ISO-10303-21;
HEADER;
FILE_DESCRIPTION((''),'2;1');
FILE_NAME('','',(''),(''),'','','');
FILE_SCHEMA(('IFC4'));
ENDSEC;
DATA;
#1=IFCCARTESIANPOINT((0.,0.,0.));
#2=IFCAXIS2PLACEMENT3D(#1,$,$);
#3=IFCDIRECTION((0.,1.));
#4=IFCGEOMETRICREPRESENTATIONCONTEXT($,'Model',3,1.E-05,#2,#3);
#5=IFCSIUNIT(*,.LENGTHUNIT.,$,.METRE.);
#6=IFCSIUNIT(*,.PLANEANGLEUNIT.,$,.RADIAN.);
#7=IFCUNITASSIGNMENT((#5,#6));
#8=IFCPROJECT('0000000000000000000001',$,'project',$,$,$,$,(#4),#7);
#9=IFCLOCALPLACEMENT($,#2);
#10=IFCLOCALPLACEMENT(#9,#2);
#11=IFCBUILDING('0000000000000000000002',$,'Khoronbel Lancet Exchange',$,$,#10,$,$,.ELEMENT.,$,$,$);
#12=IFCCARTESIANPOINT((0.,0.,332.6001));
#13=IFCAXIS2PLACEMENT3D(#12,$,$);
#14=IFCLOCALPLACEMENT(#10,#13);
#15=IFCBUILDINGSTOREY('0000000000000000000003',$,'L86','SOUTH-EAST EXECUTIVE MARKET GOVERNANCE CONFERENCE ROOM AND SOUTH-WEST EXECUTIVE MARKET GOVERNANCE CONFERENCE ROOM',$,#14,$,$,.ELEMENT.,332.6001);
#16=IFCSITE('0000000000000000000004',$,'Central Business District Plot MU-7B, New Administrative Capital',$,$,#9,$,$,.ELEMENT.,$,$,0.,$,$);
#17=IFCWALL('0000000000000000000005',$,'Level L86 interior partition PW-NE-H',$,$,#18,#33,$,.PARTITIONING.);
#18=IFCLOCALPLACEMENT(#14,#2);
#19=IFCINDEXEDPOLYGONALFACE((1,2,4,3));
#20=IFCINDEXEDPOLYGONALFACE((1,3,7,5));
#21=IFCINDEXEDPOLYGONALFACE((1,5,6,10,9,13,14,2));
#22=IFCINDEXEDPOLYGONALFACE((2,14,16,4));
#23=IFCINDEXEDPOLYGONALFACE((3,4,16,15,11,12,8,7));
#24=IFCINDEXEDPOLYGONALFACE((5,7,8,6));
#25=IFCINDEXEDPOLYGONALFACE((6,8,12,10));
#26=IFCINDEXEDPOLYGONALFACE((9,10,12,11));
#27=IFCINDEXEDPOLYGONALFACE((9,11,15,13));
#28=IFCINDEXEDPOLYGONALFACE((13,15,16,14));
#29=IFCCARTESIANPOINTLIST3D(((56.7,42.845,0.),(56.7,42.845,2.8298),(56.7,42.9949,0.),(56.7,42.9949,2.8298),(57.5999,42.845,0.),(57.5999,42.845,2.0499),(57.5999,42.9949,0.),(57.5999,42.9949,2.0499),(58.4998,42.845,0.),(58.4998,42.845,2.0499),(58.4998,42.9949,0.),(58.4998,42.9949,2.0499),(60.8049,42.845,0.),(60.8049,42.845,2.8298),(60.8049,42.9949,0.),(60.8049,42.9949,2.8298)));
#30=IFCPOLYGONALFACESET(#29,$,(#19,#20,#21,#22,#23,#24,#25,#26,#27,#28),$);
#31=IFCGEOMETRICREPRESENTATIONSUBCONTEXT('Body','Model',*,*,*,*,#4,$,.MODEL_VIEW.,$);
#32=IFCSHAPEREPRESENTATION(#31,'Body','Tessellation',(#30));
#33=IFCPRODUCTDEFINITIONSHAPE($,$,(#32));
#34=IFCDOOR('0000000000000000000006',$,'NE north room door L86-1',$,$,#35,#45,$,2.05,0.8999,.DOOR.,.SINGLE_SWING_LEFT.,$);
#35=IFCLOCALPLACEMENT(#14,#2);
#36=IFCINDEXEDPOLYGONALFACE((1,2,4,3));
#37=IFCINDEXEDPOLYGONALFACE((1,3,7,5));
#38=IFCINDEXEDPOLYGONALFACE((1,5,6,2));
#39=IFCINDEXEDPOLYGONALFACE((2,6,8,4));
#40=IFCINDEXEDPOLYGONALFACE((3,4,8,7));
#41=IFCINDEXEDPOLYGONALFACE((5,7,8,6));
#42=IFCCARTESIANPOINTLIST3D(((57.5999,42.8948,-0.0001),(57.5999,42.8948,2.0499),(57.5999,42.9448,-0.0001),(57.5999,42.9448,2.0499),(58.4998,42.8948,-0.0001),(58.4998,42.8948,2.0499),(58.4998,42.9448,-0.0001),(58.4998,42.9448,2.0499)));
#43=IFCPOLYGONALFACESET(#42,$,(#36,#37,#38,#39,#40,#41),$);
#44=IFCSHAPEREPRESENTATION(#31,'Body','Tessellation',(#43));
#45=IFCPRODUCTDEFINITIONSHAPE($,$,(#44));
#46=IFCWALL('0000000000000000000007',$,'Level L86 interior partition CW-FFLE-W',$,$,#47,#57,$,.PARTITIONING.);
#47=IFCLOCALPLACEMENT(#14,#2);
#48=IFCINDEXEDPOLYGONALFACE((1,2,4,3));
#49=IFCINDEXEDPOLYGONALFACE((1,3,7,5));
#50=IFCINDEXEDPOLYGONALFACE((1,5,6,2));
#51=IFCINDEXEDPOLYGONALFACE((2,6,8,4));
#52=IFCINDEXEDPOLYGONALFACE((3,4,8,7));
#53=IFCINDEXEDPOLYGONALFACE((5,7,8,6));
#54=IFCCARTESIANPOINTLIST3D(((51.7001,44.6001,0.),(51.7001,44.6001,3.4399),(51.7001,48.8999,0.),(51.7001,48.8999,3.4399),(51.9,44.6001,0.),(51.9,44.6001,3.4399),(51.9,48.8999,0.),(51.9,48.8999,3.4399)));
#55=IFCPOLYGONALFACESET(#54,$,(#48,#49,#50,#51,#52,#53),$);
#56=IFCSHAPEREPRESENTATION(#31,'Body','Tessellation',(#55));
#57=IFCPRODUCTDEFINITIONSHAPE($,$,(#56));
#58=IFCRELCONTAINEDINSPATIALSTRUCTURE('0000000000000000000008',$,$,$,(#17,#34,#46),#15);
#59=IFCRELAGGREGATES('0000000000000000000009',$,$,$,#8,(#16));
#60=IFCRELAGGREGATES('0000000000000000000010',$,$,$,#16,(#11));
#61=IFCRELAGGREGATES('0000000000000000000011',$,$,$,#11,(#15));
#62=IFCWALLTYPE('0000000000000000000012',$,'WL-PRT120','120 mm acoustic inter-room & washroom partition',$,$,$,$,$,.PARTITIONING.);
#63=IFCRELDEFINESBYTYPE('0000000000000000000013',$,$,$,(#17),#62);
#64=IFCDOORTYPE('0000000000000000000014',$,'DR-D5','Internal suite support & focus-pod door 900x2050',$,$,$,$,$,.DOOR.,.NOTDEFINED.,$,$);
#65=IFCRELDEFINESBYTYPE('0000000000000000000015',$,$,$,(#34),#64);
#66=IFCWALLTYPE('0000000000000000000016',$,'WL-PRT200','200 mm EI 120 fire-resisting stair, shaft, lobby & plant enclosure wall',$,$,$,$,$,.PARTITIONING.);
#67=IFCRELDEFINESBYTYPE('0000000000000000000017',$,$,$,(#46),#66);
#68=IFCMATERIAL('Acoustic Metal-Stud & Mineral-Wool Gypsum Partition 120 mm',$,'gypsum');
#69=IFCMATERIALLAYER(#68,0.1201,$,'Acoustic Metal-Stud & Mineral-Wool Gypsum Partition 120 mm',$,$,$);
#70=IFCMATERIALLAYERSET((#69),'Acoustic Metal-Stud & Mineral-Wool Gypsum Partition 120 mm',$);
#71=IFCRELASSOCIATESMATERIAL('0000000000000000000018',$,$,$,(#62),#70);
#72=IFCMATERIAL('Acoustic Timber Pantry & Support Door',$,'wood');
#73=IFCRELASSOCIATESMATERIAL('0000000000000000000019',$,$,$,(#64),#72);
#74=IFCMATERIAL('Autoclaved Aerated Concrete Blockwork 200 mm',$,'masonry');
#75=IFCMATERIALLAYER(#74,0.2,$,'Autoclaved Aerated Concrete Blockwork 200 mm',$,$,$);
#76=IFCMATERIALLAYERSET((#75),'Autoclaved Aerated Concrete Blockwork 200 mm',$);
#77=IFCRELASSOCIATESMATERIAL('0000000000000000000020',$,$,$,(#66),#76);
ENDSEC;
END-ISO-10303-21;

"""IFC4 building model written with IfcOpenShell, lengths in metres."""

from ifc_helpers import new_model, si_unit, direction, frame, frame_2d, origin, place, context, subcontext, project, spatial, rectangle, extrude, material, layer, layer_set, type_object, element, fill, save


model = new_model("IFC4")

# Units and contexts
model_context = context("Model", 3, precision=1e-05, world=origin(), true_north=direction((0.0, 1.0)))
body_context = subcontext(model_context, "Body", "Model", "MODEL_VIEW")
ifc_project = project(units=[si_unit("LENGTHUNIT", "METRE"), si_unit("PLANEANGLEUNIT", "RADIAN")], contexts=[model_context])

# Site, building, storey
site_placement = place(None, origin())
site = spatial("IfcSite", under=ifc_project, at=site_placement, Name="Central Business District Plot MU-7B, New Administrative Capital", CompositionType="ELEMENT", RefElevation=0.0)
building_placement = place(site_placement, origin())
building = spatial("IfcBuilding", under=site, at=building_placement, Name="Khoronbel Lancet Exchange", CompositionType="ELEMENT")
storey_placement = place(building_placement, frame((0.0, 0.0, 332.6001)))
storey = spatial("IfcBuildingStorey", under=building, at=storey_placement, Name="L86", Description="SOUTH-EAST EXECUTIVE MARKET GOVERNANCE CONFERENCE ROOM AND SOUTH-WEST EXECUTIVE MARKET GOVERNANCE CONFERENCE ROOM", CompositionType="ELEMENT", Elevation=332.6001)

# Shared definitions
ifc_material_1 = material(Name="Acoustic Metal-Stud & Mineral-Wool Gypsum Partition 120 mm", Category="gypsum")
ifc_layer_1 = layer(ifc_material_1, 0.1201, Name="Acoustic Metal-Stud & Mineral-Wool Gypsum Partition 120 mm")
ifc_layer_set_1 = layer_set([ifc_layer_1], Name="Acoustic Metal-Stud & Mineral-Wool Gypsum Partition 120 mm")
wall_type_1 = type_object("IfcWallType", Name="WL-PRT120", Description="120 mm acoustic inter-room & washroom partition", PredefinedType="PARTITIONING", material=ifc_layer_set_1)

# Wall, opening, door
wall_1_placement = place(storey_placement, frame((56.7, 42.9199, 0.0), z_axis=(0.0, 0.0, 1.0), x_axis=(1.0, 0.0, 0.0)))
wall_1 = element("IfcWall", 1, at=wall_1_placement, inside=storey, type_object=wall_type_1, Name="Level L86 interior partition PW-NE-H", PredefinedType="PARTITIONING", context=body_context, shape_type="SweptSolid", body=[
    extrude(rectangle(XDim=4.105, YDim=0.1499, at=frame_2d((2.0525, 0.0))), origin(), (0.0, 0.0, 1.0), 2.8298),
])
opening_1_placement = place(wall_1_placement, frame((0.8999, 0.0, 0.0)))
opening_1 = element("IfcOpeningElement", 2, at=opening_1_placement, cuts=wall_1, PredefinedType="OPENING", context=body_context, shape_type="SweptSolid", body=[
    extrude(rectangle(XDim=0.8999, YDim=2.05, at=frame_2d((0.45, 1.0249))), frame((0.0, 0.085, 0.0), z_axis=(0.0, -1.0, 0.0), x_axis=(1.0, 0.0, 0.0)), (0.0, 0.0, 1.0), 0.1699),
])
ifc_material_2 = material(Name="Acoustic Timber Pantry & Support Door", Category="wood")
door_type_1 = type_object("IfcDoorType", Name="DR-D5", Description="Internal suite support & focus-pod door 900x2050", OperationType="NOTDEFINED", PredefinedType="DOOR", material=ifc_material_2)
door_1_placement = place(opening_1_placement, origin())
door_1 = element("IfcDoor", 3, at=door_1_placement, inside=storey, type_object=door_type_1, Name="NE north room door L86-1", OperationType="SINGLE_SWING_LEFT", OverallHeight=2.05, OverallWidth=0.8999, PredefinedType="DOOR", context=body_context, shape_type="SweptSolid", body=[
    extrude(rectangle(XDim=0.8999, YDim=2.05, at=frame_2d((0.45, 1.0249))), frame((0.0, 0.0249, 0.0), z_axis=(0.0, -1.0, 0.0), x_axis=(1.0, 0.0, 0.0)), (0.0, 0.0, 1.0), 0.05),
])
fill(opening_1, door_1)

# Wall
ifc_material_3 = material(Name="Autoclaved Aerated Concrete Blockwork 200 mm", Category="masonry")
ifc_layer_2 = layer(ifc_material_3, 0.2, Name="Autoclaved Aerated Concrete Blockwork 200 mm")
ifc_layer_set_2 = layer_set([ifc_layer_2], Name="Autoclaved Aerated Concrete Blockwork 200 mm")
wall_type_2 = type_object("IfcWallType", Name="WL-PRT200", Description="200 mm EI 120 fire-resisting stair, shaft, lobby & plant enclosure wall", PredefinedType="PARTITIONING", material=ifc_layer_set_2)
wall_2_placement = place(storey_placement, frame((51.8, 44.6001, 0.0), z_axis=(0.0, 0.0, 1.0), x_axis=(0.0, 1.0, 0.0)))
element("IfcWall", 4, at=wall_2_placement, inside=storey, type_object=wall_type_2, Name="Level L86 interior partition CW-FFLE-W", PredefinedType="PARTITIONING", context=body_context, shape_type="SweptSolid", body=[
    extrude(rectangle(XDim=4.2998, YDim=0.2, at=frame_2d((2.1499, 0.0))), origin(), (0.0, 0.0, 1.0), 3.4399),
])

save(model, "model.ifc")
